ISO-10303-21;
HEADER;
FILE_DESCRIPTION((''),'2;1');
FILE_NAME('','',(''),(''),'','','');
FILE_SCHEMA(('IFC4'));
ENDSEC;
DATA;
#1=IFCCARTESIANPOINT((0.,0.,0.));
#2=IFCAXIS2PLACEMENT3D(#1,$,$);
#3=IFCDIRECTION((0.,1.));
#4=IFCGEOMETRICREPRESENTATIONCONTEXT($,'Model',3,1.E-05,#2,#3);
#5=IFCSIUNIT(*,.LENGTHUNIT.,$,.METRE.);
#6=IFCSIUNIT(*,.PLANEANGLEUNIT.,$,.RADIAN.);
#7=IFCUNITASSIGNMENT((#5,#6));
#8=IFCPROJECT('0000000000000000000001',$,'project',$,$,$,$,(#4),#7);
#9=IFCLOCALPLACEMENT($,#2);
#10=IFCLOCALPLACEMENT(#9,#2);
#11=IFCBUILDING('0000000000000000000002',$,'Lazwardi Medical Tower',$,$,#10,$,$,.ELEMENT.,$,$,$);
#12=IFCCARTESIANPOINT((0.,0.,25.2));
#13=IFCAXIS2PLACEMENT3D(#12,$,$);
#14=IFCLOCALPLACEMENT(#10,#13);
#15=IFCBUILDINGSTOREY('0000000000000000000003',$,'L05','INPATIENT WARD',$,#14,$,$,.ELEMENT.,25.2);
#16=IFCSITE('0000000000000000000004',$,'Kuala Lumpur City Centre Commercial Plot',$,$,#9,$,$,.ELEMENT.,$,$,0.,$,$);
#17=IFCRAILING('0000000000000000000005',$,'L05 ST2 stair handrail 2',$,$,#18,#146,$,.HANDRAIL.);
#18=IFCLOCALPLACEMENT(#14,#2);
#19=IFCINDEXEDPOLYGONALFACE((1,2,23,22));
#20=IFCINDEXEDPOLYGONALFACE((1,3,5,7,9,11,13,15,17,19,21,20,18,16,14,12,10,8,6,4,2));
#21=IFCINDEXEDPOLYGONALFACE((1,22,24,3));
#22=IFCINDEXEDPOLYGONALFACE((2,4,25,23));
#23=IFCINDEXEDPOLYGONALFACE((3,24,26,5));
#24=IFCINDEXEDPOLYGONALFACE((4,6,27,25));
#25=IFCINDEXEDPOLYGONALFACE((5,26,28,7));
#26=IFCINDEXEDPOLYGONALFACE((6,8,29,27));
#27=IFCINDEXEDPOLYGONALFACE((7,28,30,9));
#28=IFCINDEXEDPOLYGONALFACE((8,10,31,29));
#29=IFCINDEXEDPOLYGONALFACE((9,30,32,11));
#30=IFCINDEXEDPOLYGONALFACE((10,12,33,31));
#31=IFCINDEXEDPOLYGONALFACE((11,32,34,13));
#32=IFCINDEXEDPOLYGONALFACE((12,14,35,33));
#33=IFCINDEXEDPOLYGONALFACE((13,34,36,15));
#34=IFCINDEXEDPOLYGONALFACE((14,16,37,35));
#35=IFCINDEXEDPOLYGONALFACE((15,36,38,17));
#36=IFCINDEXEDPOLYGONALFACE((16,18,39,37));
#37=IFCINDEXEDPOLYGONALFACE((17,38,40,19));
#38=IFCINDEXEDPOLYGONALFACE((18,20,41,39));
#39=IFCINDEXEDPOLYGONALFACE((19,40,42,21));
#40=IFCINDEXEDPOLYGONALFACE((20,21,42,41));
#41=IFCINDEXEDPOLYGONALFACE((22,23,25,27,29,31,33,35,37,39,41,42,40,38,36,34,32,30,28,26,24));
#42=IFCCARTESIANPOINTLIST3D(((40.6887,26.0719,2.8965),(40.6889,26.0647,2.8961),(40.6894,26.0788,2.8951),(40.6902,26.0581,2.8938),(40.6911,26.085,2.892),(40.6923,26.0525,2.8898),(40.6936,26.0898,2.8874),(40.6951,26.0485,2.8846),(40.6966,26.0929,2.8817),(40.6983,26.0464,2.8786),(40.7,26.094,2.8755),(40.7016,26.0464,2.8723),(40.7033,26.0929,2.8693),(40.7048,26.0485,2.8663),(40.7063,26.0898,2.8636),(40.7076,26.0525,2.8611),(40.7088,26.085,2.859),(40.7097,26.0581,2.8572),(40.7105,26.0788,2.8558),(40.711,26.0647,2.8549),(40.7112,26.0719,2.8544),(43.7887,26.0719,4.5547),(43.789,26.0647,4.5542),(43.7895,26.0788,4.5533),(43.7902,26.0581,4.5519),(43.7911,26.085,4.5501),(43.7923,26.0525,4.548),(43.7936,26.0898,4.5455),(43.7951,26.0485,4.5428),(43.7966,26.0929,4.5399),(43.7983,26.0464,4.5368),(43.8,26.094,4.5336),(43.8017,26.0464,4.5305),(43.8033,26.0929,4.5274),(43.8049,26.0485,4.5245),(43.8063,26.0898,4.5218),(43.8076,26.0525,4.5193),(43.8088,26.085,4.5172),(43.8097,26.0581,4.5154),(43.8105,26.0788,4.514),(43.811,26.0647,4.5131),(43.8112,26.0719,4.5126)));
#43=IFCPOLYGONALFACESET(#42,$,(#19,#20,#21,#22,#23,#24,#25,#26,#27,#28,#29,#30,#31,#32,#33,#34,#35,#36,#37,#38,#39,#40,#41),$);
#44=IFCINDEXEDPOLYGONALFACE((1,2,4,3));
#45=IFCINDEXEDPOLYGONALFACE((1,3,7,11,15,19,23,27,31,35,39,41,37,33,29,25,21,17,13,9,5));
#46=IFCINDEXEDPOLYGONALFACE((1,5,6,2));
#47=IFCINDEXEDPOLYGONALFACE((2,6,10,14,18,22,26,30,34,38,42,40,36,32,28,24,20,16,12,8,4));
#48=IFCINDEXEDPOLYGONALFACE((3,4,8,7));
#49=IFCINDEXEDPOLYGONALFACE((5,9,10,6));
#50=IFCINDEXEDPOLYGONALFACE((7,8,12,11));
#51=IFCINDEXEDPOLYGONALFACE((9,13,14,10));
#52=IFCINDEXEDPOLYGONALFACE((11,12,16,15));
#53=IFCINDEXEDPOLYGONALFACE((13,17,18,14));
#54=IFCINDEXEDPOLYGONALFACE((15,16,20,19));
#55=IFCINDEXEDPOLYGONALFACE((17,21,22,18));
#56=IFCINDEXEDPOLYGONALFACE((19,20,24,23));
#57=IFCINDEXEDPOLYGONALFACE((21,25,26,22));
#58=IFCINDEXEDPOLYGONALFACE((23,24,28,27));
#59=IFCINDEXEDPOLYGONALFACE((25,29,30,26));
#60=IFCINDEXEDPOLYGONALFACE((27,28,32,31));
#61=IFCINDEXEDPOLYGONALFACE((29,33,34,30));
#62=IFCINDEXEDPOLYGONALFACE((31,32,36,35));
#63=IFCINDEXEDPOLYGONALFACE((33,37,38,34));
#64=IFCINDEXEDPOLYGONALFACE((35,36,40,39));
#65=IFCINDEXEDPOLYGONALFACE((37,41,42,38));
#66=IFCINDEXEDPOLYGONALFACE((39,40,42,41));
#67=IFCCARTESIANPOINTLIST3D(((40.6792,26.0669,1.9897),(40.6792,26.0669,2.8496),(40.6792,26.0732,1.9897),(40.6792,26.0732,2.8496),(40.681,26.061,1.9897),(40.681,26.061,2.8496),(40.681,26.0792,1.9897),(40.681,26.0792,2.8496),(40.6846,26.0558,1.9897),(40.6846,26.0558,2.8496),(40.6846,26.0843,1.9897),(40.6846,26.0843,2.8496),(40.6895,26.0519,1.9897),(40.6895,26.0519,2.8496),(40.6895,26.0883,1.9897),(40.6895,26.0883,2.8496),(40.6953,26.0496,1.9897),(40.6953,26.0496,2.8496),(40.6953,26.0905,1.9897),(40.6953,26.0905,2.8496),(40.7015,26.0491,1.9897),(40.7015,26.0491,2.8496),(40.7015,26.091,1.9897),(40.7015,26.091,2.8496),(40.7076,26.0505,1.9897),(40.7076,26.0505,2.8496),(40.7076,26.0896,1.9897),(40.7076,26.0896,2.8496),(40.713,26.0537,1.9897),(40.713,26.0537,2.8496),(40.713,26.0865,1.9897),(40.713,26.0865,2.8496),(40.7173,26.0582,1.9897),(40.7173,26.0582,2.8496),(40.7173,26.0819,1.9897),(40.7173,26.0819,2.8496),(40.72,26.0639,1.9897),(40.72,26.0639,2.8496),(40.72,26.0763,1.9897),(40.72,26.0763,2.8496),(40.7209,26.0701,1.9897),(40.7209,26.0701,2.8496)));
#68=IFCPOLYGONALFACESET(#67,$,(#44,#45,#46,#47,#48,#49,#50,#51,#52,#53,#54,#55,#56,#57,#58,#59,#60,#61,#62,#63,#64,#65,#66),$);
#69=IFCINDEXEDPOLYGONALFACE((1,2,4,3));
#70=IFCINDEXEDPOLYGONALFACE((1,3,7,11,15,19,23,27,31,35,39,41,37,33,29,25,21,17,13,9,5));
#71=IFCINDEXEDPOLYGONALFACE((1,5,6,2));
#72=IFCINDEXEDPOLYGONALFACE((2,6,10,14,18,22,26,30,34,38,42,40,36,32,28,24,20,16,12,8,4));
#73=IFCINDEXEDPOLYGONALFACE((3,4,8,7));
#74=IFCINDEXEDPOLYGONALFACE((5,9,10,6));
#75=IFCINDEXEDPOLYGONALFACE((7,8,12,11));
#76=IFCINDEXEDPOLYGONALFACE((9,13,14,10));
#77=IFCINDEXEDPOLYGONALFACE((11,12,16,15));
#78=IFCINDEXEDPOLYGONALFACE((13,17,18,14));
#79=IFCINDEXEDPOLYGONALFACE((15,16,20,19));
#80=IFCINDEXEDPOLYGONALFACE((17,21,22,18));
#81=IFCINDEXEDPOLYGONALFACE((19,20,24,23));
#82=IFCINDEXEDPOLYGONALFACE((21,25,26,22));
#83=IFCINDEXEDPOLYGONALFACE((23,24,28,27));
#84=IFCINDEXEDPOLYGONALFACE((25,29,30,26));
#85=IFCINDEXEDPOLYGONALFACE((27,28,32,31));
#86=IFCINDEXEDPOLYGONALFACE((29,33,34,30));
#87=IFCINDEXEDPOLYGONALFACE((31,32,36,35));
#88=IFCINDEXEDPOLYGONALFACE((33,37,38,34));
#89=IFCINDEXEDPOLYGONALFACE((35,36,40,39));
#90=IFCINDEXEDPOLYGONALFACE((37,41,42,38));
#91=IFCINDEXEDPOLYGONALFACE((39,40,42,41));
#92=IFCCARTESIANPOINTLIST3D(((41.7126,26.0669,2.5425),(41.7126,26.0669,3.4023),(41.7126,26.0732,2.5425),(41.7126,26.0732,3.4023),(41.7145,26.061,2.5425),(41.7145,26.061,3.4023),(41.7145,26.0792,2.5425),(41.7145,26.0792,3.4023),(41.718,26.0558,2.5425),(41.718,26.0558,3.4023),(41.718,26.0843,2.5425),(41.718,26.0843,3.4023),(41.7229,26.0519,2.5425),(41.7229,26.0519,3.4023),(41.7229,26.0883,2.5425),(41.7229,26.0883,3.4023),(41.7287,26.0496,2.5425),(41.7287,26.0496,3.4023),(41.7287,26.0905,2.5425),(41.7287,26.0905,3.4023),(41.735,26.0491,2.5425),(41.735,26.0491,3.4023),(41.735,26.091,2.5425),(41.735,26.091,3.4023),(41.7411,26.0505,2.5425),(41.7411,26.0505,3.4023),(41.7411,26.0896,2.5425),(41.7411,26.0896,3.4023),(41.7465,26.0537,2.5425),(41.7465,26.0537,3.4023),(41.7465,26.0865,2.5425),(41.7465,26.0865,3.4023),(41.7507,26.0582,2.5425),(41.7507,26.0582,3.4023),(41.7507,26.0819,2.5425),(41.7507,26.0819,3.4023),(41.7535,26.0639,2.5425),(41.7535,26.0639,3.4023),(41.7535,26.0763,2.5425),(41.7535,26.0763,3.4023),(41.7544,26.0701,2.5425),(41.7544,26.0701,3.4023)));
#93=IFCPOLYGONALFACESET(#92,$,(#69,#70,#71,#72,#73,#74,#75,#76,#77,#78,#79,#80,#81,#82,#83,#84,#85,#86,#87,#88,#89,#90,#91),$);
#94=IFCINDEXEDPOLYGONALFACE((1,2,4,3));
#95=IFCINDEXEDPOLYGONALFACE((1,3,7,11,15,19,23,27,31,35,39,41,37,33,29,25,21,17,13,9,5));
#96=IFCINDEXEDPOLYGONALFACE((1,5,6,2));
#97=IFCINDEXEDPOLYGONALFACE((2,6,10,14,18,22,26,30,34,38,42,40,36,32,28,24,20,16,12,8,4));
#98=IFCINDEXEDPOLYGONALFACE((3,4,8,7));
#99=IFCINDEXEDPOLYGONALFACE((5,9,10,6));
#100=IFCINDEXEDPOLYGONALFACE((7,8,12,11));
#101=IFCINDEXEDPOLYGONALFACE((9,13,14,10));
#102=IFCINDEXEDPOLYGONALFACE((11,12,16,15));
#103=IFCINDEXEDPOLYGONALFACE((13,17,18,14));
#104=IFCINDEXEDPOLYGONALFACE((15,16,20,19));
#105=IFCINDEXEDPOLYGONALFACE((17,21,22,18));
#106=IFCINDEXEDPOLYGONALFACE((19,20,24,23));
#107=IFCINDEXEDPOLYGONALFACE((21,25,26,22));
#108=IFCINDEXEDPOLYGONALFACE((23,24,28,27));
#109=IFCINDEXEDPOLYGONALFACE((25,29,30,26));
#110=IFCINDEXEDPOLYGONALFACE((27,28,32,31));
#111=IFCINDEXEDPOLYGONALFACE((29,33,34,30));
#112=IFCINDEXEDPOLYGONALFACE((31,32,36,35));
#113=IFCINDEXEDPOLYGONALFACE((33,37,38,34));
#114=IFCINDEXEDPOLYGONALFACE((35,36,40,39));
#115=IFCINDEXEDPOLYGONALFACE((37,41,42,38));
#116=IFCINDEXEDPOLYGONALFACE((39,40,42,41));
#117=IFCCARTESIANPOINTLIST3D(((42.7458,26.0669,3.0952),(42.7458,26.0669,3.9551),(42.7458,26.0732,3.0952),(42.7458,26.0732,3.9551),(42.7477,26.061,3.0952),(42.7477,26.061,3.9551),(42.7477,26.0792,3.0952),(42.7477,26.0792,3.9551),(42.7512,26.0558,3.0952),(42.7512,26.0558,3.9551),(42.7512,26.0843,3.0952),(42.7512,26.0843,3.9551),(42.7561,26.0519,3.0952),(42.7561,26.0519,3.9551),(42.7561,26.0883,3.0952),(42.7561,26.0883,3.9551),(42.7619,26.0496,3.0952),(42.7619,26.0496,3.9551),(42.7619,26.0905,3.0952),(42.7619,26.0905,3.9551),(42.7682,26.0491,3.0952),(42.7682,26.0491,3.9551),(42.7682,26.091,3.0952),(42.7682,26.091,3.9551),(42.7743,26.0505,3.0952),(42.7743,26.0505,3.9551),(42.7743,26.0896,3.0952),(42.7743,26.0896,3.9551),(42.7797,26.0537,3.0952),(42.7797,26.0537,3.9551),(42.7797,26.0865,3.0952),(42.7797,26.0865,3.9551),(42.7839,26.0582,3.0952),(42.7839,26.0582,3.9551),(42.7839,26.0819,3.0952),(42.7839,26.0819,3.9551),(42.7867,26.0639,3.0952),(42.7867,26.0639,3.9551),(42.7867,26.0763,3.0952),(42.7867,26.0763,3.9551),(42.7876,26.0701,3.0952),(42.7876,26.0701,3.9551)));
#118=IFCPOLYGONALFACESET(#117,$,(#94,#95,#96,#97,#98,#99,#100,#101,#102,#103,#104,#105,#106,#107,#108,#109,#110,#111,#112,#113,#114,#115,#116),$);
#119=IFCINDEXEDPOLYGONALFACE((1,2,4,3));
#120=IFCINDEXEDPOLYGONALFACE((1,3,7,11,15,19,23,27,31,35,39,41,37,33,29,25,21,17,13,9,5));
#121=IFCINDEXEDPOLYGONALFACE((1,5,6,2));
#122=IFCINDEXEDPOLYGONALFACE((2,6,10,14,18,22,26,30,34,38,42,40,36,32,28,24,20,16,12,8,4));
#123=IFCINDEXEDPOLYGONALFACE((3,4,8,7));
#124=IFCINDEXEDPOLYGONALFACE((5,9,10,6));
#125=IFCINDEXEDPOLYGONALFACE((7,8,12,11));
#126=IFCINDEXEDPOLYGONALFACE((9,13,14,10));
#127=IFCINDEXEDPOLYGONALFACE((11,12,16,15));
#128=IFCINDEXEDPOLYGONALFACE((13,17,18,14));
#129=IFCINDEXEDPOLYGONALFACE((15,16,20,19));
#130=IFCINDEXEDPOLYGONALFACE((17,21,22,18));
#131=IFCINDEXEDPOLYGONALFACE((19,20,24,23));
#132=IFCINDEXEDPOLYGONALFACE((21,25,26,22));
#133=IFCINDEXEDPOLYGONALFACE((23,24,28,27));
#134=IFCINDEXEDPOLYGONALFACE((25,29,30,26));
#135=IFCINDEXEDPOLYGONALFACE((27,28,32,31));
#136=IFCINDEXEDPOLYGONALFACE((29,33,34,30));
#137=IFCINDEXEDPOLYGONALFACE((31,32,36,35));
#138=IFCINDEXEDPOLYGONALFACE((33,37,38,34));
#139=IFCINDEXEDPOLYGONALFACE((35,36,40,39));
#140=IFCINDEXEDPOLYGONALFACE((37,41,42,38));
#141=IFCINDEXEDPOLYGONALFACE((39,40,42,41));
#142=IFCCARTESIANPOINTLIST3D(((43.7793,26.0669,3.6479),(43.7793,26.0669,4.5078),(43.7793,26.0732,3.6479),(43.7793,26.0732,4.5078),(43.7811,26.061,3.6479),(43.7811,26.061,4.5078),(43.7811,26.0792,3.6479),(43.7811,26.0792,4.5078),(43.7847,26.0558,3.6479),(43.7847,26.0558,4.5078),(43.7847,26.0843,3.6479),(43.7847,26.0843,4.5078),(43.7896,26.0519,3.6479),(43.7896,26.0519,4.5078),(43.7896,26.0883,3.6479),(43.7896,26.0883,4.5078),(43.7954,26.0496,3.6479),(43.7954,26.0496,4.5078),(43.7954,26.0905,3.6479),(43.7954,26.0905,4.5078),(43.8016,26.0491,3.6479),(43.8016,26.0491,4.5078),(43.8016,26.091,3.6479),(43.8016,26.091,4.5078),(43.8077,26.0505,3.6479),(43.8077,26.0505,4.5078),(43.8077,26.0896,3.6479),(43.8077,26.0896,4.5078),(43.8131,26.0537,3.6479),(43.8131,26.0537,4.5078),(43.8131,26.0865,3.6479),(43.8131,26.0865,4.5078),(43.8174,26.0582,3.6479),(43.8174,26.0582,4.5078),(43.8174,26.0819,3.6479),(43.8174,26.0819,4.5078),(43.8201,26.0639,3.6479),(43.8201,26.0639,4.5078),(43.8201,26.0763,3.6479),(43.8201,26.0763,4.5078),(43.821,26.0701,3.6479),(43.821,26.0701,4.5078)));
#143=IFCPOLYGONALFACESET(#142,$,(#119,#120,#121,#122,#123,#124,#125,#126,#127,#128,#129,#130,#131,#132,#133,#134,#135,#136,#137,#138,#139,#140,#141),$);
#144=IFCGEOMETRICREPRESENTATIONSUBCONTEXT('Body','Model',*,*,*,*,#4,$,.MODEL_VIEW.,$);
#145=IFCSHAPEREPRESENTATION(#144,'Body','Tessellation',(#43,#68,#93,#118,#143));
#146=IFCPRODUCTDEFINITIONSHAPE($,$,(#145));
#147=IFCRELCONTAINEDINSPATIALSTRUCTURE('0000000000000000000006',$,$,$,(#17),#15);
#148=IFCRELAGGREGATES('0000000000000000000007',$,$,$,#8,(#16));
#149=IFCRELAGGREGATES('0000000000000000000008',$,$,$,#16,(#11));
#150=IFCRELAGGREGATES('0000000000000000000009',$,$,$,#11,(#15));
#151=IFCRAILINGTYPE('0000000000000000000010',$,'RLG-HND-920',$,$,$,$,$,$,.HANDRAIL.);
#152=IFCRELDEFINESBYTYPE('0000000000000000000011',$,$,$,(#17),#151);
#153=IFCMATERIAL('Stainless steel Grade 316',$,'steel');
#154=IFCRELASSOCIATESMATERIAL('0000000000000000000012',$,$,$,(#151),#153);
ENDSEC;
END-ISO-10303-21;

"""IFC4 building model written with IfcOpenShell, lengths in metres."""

from ifc_helpers import new_model, si_unit, direction, frame, origin, origin_2d, place, context, subcontext, project, spatial, circle, extrude, material, type_object, element, save


model = new_model("IFC4")

# Units and contexts
model_context = context("Model", 3, precision=1e-05, world=origin(), true_north=direction((0.0, 1.0)))
body_context = subcontext(model_context, "Body", "Model", "MODEL_VIEW")
ifc_project = project(units=[si_unit("LENGTHUNIT", "METRE"), si_unit("PLANEANGLEUNIT", "RADIAN")], contexts=[model_context])

# Site, building, storey
site_placement = place(None, origin())
site = spatial("IfcSite", under=ifc_project, at=site_placement, Name="Kuala Lumpur City Centre Commercial Plot", CompositionType="ELEMENT", RefElevation=0.0)
building_placement = place(site_placement, origin())
building = spatial("IfcBuilding", under=site, at=building_placement, Name="Lazwardi Medical Tower", CompositionType="ELEMENT")
storey_placement = place(building_placement, frame((0.0, 0.0, 25.2)))
storey = spatial("IfcBuildingStorey", under=building, at=storey_placement, Name="L05", Description="INPATIENT WARD", CompositionType="ELEMENT", Elevation=25.2)

# Railing
ifc_material_1 = material(Name="Stainless steel Grade 316", Category="steel")
railing_type_1 = type_object("IfcRailingType", Name="RLG-HND-920", PredefinedType="HANDRAIL", material=ifc_material_1)
railing_1_placement = place(storey_placement, frame((40.7, 26.0701, 1.9897)))
element("IfcRailing", 1, at=railing_1_placement, inside=storey, type_object=railing_type_1, Name="L05 ST2 stair handrail 2", PredefinedType="HANDRAIL", context=body_context, shape_type="SweptSolid", body=[
    extrude(circle(Radius=0.0239, at=origin_2d()), frame((0.0, 0.0, 0.8857), z_axis=(0.881783, 0.0, 0.471655), x_axis=(0.0, 1.0, 0.0)), (0.0, 0.0, 1.0), 3.5156),
    extrude(circle(Radius=0.021, at=origin_2d()), origin(), (0.0, 0.0, 1.0), 0.8599),
    extrude(circle(Radius=0.021, at=origin_2d()), frame((1.0334, 0.0, 0.5527)), (0.0, 0.0, 1.0), 0.8599),
    extrude(circle(Radius=0.021, at=origin_2d()), frame((2.0667, 0.0, 1.1055)), (0.0, 0.0, 1.0), 0.8599),
    extrude(circle(Radius=0.021, at=origin_2d()), frame((3.1001, 0.0, 1.6582)), (0.0, 0.0, 1.0), 0.8599),
])

save(model, "model.ifc")
